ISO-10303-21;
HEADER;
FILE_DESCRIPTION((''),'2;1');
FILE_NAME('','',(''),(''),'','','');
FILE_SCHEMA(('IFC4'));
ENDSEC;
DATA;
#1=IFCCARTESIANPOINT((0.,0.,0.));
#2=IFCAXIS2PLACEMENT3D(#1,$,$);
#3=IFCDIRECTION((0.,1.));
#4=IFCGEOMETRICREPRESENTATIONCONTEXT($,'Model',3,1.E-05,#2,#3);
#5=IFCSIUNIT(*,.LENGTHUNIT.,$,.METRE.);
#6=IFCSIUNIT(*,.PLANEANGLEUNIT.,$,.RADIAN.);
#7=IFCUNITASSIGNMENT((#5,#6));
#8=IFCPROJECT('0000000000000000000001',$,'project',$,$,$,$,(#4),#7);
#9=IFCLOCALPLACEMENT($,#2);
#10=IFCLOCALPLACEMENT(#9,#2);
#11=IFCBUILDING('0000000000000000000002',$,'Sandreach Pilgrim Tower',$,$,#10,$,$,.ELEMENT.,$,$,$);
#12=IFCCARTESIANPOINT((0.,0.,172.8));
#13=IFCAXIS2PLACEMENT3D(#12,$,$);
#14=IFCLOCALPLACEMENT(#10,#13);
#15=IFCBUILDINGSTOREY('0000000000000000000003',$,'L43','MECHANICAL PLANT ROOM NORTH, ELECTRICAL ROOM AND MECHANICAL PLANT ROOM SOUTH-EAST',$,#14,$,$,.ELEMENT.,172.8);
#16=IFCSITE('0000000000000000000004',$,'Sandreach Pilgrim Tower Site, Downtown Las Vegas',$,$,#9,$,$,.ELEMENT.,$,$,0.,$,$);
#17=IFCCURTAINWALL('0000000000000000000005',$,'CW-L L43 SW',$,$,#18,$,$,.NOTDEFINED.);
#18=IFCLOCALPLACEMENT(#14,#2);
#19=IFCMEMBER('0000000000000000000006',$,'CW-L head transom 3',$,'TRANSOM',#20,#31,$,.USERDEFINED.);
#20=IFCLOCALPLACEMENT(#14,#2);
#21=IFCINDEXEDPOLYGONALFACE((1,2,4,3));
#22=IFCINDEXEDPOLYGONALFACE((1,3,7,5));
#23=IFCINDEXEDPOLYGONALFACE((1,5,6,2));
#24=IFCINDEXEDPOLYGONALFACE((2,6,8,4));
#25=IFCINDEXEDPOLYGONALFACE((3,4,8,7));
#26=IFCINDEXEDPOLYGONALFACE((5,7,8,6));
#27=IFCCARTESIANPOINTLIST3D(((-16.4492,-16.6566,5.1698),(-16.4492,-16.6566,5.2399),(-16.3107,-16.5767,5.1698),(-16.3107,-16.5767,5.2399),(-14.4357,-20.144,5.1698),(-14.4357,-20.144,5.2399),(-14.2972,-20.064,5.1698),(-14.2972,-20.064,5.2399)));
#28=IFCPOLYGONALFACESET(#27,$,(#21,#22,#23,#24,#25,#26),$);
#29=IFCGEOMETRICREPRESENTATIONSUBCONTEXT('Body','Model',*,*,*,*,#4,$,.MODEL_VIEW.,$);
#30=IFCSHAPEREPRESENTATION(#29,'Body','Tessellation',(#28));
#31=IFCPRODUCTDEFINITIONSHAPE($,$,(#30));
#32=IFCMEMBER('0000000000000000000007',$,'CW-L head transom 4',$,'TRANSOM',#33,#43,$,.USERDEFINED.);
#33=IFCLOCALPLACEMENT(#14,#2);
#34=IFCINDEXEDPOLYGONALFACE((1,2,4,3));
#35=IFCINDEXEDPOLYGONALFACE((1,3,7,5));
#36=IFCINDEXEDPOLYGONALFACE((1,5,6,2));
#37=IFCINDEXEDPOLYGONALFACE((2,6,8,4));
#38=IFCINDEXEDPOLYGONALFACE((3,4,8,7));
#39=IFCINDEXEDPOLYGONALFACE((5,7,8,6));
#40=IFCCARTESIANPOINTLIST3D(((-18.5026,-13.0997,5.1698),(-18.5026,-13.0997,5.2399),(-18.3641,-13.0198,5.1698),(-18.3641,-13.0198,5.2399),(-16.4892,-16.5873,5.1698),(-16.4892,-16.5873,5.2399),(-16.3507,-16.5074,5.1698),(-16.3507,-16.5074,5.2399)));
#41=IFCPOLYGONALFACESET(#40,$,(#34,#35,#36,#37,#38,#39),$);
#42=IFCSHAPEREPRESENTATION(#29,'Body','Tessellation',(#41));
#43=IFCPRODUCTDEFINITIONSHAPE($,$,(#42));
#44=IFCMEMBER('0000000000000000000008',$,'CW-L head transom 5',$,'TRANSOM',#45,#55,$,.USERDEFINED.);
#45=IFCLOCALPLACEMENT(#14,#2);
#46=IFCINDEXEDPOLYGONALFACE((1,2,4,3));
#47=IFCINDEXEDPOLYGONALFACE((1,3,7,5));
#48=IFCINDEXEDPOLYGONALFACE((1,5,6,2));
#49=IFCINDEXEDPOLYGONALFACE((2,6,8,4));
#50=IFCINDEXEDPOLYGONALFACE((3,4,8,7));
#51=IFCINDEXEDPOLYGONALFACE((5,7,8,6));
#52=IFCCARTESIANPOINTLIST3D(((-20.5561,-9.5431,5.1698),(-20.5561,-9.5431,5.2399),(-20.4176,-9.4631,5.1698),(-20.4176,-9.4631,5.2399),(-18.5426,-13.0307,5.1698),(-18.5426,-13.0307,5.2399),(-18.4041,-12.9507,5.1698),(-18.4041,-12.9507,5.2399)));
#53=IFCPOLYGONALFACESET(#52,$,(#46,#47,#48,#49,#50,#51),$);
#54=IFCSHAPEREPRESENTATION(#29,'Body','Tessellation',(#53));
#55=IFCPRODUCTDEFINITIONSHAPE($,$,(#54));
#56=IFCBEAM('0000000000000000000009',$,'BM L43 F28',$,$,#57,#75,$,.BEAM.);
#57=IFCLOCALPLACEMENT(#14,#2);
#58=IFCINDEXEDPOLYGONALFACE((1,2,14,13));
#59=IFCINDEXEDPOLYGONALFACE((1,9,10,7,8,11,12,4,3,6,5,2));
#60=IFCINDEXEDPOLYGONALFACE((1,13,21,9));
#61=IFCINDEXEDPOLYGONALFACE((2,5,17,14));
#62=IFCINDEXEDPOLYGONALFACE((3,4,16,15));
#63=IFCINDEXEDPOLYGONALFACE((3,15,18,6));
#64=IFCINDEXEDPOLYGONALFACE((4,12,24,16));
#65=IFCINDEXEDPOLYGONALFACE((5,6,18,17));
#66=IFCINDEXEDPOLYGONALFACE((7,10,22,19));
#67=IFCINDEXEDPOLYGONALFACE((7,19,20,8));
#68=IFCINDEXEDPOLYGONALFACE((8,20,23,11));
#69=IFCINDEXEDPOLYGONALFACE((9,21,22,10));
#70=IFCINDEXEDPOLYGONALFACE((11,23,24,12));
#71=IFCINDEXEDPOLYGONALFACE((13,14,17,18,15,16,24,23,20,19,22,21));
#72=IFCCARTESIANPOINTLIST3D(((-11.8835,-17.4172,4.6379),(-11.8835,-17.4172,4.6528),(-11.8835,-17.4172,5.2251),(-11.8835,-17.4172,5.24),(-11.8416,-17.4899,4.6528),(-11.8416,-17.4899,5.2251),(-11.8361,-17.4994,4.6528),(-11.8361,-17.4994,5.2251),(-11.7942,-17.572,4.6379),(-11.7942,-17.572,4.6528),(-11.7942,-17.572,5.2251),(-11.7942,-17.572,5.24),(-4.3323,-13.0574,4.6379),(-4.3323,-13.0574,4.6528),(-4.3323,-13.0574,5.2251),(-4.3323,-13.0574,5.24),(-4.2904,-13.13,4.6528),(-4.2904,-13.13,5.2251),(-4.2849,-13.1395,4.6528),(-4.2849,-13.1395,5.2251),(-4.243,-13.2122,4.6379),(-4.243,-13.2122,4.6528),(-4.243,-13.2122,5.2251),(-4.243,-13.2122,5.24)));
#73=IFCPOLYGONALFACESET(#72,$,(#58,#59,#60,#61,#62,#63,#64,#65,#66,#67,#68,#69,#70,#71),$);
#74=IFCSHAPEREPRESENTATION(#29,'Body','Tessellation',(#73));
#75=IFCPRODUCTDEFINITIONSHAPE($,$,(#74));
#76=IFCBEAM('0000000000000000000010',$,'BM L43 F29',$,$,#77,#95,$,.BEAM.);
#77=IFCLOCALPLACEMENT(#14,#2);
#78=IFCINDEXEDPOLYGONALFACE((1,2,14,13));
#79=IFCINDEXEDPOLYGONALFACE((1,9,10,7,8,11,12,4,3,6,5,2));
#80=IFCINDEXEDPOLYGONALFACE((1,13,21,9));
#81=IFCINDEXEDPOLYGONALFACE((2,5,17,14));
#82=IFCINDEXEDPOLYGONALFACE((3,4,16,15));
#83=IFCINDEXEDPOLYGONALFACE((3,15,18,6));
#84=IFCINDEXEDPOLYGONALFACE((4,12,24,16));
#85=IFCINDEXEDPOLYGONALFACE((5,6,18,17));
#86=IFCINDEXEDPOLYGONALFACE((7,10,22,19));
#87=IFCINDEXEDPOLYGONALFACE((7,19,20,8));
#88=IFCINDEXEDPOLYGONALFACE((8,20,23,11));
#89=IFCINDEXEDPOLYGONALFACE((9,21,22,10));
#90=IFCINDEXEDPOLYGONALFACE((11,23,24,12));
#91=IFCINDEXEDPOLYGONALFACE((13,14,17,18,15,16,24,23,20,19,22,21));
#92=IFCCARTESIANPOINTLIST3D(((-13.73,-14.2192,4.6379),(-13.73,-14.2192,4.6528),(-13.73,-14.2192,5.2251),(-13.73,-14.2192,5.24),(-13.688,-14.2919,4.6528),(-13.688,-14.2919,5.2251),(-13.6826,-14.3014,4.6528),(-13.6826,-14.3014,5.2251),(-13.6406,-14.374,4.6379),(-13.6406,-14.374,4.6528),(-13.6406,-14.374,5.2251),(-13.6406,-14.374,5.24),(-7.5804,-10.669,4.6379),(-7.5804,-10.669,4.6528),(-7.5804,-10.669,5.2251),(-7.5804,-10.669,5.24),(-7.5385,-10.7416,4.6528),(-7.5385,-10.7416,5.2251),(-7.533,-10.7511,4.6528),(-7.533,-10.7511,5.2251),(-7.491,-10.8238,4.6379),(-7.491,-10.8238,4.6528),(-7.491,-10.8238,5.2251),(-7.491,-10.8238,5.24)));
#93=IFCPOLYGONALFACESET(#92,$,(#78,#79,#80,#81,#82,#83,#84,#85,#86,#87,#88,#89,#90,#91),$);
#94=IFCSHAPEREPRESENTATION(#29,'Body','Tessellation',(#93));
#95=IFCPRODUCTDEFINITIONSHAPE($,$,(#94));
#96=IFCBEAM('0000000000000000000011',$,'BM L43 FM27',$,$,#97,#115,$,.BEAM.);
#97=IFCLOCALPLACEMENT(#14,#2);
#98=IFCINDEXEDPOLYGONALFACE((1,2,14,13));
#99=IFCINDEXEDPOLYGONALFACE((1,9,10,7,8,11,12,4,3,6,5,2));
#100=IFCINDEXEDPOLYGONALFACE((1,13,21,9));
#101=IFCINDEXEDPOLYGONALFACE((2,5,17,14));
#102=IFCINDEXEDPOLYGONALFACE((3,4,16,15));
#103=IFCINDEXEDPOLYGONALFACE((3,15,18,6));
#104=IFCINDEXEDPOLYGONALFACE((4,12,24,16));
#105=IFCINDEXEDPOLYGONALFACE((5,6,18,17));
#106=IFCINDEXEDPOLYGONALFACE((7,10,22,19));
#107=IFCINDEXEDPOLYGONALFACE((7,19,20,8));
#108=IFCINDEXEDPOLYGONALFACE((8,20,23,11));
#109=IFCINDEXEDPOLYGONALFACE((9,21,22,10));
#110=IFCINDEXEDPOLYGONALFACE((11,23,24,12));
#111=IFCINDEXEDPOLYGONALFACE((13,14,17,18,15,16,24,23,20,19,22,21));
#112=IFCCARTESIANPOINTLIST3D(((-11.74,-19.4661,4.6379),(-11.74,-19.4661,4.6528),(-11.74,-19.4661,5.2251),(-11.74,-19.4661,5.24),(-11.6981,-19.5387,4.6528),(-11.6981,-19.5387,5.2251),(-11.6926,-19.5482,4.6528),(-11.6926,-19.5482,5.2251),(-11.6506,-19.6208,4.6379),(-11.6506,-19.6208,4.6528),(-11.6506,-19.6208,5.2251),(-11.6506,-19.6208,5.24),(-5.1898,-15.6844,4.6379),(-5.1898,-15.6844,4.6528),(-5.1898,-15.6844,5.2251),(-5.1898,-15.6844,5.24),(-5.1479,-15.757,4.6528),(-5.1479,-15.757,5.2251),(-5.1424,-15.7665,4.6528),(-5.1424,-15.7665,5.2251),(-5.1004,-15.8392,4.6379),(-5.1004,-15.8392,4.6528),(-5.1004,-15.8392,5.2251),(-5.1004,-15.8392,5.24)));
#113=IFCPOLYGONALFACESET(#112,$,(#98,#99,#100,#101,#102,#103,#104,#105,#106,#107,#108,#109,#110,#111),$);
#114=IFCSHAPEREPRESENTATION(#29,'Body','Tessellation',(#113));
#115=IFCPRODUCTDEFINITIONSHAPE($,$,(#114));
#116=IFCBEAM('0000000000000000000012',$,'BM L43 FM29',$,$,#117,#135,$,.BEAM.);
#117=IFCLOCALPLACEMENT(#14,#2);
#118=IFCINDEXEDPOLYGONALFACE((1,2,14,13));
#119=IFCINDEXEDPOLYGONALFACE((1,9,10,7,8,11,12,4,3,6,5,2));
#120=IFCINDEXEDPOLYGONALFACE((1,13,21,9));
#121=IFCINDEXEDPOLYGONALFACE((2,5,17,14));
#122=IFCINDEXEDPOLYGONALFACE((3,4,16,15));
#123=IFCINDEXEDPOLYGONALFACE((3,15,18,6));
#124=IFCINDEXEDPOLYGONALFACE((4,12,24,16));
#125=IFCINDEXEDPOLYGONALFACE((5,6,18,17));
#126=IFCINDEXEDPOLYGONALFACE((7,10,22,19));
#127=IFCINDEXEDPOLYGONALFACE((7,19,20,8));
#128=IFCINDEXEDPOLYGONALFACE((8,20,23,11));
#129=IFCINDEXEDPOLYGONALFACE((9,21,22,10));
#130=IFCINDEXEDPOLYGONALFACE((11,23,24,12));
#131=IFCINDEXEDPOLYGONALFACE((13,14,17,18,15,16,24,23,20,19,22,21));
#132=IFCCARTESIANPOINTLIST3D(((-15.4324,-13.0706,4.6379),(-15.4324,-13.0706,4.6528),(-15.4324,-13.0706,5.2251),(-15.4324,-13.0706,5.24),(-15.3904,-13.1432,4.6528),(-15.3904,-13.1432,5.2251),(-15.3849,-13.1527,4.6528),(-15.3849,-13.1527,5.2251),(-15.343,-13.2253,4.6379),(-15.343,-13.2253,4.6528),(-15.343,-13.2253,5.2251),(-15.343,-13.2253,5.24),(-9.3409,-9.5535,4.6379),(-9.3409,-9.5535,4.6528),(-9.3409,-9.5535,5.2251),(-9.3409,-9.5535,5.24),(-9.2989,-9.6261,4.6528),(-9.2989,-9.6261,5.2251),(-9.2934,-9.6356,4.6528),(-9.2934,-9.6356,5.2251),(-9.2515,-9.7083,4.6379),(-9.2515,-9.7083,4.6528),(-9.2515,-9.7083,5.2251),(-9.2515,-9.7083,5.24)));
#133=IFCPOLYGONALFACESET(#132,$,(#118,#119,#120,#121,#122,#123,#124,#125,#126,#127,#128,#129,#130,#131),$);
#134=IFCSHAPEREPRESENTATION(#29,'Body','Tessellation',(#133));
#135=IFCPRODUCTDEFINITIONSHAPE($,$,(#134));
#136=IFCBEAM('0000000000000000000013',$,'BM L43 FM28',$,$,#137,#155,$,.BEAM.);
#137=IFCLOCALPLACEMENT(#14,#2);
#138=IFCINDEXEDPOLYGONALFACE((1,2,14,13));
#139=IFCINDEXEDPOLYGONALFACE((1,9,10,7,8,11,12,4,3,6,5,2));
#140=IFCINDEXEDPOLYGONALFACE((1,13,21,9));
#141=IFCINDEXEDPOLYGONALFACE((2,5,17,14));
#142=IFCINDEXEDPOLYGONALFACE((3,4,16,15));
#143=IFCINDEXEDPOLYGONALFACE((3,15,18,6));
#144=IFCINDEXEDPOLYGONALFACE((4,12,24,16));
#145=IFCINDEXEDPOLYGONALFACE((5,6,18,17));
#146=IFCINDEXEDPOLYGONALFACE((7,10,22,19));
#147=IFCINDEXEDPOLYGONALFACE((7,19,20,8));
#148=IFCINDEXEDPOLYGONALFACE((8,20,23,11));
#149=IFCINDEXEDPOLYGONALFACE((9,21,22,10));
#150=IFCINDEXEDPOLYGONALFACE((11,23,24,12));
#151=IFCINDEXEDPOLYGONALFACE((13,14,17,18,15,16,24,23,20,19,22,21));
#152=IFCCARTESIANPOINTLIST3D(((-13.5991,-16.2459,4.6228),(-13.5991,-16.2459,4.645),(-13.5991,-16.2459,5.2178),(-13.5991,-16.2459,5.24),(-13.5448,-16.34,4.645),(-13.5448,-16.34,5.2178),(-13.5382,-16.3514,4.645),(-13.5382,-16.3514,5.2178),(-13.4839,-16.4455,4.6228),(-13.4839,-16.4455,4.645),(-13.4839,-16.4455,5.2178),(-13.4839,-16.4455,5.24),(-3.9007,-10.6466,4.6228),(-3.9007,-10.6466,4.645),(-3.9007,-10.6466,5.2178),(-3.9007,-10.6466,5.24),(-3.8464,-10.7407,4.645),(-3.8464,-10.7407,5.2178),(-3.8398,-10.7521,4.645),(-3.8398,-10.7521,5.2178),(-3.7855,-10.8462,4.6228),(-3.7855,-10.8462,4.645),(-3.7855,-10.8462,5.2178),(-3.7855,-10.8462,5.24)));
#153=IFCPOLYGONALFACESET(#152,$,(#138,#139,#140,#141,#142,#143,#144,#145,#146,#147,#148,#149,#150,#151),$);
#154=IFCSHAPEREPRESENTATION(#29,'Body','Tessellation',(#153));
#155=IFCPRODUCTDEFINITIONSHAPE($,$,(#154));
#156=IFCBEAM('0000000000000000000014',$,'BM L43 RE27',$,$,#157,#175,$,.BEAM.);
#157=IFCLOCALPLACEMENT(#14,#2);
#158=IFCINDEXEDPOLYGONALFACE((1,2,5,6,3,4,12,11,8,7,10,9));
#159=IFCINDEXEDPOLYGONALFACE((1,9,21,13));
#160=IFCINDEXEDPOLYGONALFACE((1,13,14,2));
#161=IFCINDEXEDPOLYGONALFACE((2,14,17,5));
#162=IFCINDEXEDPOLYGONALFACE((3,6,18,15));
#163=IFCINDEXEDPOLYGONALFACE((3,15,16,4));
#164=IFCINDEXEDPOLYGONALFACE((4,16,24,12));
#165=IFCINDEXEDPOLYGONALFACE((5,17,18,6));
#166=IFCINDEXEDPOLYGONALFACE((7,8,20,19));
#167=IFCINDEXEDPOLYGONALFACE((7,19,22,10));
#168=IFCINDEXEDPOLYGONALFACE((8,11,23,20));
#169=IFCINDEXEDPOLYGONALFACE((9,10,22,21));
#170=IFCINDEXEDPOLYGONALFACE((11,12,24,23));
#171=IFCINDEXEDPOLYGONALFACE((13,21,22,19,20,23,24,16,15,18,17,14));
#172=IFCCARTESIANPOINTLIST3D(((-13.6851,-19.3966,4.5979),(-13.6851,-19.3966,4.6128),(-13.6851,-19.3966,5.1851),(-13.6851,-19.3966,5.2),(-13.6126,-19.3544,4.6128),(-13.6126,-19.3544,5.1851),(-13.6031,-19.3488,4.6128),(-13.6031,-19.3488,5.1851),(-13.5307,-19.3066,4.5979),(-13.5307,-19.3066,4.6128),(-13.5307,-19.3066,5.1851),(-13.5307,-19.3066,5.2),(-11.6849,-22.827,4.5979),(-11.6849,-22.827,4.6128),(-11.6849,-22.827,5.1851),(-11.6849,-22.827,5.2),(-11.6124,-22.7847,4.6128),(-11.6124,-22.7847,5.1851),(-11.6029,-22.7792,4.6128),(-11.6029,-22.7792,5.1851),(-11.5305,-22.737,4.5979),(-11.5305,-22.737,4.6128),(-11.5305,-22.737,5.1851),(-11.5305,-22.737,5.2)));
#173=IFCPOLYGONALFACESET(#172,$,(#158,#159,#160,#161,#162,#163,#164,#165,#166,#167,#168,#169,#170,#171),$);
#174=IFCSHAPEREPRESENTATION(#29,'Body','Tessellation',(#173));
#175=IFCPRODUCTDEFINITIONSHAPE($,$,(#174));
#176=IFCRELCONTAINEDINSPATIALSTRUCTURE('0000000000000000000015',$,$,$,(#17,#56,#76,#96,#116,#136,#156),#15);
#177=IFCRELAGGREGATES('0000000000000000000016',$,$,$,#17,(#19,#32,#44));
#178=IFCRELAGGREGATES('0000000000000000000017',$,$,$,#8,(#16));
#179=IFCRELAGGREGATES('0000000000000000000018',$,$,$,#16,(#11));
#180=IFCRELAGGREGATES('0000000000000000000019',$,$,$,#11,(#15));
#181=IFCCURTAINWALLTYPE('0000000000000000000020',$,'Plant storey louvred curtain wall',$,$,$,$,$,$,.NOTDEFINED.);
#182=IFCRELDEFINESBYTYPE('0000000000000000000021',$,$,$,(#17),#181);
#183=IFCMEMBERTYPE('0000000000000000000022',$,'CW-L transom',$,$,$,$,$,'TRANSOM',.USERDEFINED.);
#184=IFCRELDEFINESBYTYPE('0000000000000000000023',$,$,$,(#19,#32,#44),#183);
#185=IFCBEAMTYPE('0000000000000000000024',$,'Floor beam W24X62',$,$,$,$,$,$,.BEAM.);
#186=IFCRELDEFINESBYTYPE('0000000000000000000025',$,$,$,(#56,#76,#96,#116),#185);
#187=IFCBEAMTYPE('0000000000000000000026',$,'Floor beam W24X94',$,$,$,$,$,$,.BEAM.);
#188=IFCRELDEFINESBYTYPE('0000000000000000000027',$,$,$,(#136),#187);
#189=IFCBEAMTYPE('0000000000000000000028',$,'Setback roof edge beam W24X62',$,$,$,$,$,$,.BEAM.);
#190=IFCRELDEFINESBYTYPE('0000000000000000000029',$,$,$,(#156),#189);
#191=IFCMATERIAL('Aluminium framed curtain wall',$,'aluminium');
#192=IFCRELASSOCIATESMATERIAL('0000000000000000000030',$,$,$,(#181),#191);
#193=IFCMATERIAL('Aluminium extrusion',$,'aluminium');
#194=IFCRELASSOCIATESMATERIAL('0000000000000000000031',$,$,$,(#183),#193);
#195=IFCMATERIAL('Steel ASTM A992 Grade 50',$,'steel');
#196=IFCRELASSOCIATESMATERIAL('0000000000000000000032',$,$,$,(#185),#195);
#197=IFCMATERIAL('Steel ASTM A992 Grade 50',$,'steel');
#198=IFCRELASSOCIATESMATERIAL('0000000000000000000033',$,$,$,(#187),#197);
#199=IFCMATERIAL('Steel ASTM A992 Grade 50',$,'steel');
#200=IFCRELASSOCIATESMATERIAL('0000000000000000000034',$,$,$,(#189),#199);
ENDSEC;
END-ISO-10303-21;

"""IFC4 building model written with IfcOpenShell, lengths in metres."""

from ifc_helpers import new_model, si_unit, direction, frame, origin, origin_2d, place, context, subcontext, project, spatial, rectangle, i_section, extrude, material, material_profile, profile_set, type_object, element, aggregate, save


model = new_model("IFC4")

# Units and contexts
model_context = context("Model", 3, precision=1e-05, world=origin(), true_north=direction((0.0, 1.0)))
body_context = subcontext(model_context, "Body", "Model", "MODEL_VIEW")
ifc_project = project(units=[si_unit("LENGTHUNIT", "METRE"), si_unit("PLANEANGLEUNIT", "RADIAN")], contexts=[model_context])

# Site, building, storey
site_placement = place(None, origin())
site = spatial("IfcSite", under=ifc_project, at=site_placement, Name="Sandreach Pilgrim Tower Site, Downtown Las Vegas", CompositionType="ELEMENT", RefElevation=0.0)
building_placement = place(site_placement, origin())
building = spatial("IfcBuilding", under=site, at=building_placement, Name="Sandreach Pilgrim Tower", CompositionType="ELEMENT")
storey_placement = place(building_placement, frame((0.0, 0.0, 172.8)))
storey = spatial("IfcBuildingStorey", under=building, at=storey_placement, Name="L43", Description="MECHANICAL PLANT ROOM NORTH, ELECTRICAL ROOM AND MECHANICAL PLANT ROOM SOUTH-EAST", CompositionType="ELEMENT", Elevation=172.8)

# Curtain wall, members
ifc_material_1 = material(Name="Aluminium framed curtain wall", Category="aluminium")
curtain_wall_type = type_object("IfcCurtainWallType", Name="Plant storey louvred curtain wall", PredefinedType="NOTDEFINED", material=ifc_material_1)
curtain_wall_placement = place(storey_placement, origin())
curtain_wall = element("IfcCurtainWall", 1, at=curtain_wall_placement, inside=storey, type_object=curtain_wall_type, Name="CW-L L43 SW", PredefinedType="NOTDEFINED")
ifc_material_2 = material(Name="Aluminium extrusion", Category="aluminium")
ifc_material_profile_1 = material_profile(ifc_material_2, rectangle(XDim=0.1599, YDim=0.0701, at=origin_2d()), Name="CW-LT 160X70")
ifc_profile_set_1 = profile_set([ifc_material_profile_1], Name="Aluminium extrusion")
member_type_1 = type_object("IfcMemberType", Name="CW-L transom", ElementType="TRANSOM", PredefinedType="USERDEFINED", material=ifc_profile_set_1)
member_1_placement = place(storey_placement, frame((-14.3665, -20.104, 5.2048), z_axis=(-0.500006, 0.866022, 0.0), x_axis=(-0.866022, -0.500006, 0.0)))
member_1 = element("IfcMember", 2, at=member_1_placement, type_object=member_type_1, Name="CW-L head transom 3", ObjectType="TRANSOM", PredefinedType="USERDEFINED", context=body_context, shape_type="SweptSolid", body=[
    extrude(rectangle(XDim=0.1599, YDim=0.0701, at=origin_2d()), origin(), (0.0, 0.0, 1.0), 4.0269),
])
member_2_placement = place(storey_placement, frame((-16.4199, -16.5474, 5.2048), z_axis=(-0.49998, 0.866037, 0.0), x_axis=(-0.866037, -0.49998, 0.0)))
member_2 = element("IfcMember", 3, at=member_2_placement, type_object=member_type_1, Name="CW-L head transom 4", ObjectType="TRANSOM", PredefinedType="USERDEFINED", context=body_context, shape_type="SweptSolid", body=[
    extrude(rectangle(XDim=0.1599, YDim=0.0701, at=origin_2d()), origin(), (0.0, 0.0, 1.0), 4.0271),
])
member_3_placement = place(storey_placement, frame((-18.4734, -12.9907, 5.2048), z_axis=(-0.49998, 0.866037, 0.0), x_axis=(-0.866037, -0.49998, 0.0)))
member_3 = element("IfcMember", 4, at=member_3_placement, type_object=member_type_1, Name="CW-L head transom 5", ObjectType="TRANSOM", PredefinedType="USERDEFINED", context=body_context, shape_type="SweptSolid", body=[
    extrude(rectangle(XDim=0.1599, YDim=0.0701, at=origin_2d()), origin(), (0.0, 0.0, 1.0), 4.0271),
])

# Beams
ifc_material_3 = material(Name="Steel ASTM A992 Grade 50", Category="steel")
ifc_material_profile_2 = material_profile(ifc_material_3, i_section(OverallWidth=0.1787, OverallDepth=0.6021, WebThickness=0.011, FlangeThickness=0.0149, at=origin_2d()), Name="W24X62")
ifc_profile_set_2 = profile_set([ifc_material_profile_2], Name="Steel ASTM A992 Grade 50")
beam_type_1 = type_object("IfcBeamType", Name="Floor beam W24X62", PredefinedType="BEAM", material=ifc_profile_set_2)
beam_1_placement = place(storey_placement, frame((-11.8389, -17.4946, 4.939), z_axis=(0.866019, 0.500012, 0.0), x_axis=(-0.500012, 0.866019, 0.0)))
element("IfcBeam", 5, at=beam_1_placement, inside=storey, type_object=beam_type_1, Name="BM L43 F28", PredefinedType="BEAM", context=body_context, shape_type="SweptSolid", body=[
    extrude(i_section(OverallWidth=0.1787, OverallDepth=0.6021, WebThickness=0.011, FlangeThickness=0.0149, at=origin_2d()), origin(), (0.0, 0.0, 1.0), 8.7195),
])
beam_2_placement = place(storey_placement, frame((-13.6853, -14.2966, 4.939), z_axis=(0.866038, 0.499977, 0.0), x_axis=(-0.499977, 0.866038, 0.0)))
element("IfcBeam", 6, at=beam_2_placement, inside=storey, type_object=beam_type_1, Name="BM L43 F29", PredefinedType="BEAM", context=body_context, shape_type="SweptSolid", body=[
    extrude(i_section(OverallWidth=0.1787, OverallDepth=0.6021, WebThickness=0.011, FlangeThickness=0.0149, at=origin_2d()), origin(), (0.0, 0.0, 1.0), 7.1008),
])
beam_3_placement = place(storey_placement, frame((-11.6953, -19.5435, 4.939), z_axis=(0.86603, 0.499993, 0.0), x_axis=(-0.499993, 0.86603, 0.0)))
element("IfcBeam", 7, at=beam_3_placement, inside=storey, type_object=beam_type_1, Name="BM L43 FM27", PredefinedType="BEAM", context=body_context, shape_type="SweptSolid", body=[
    extrude(i_section(OverallWidth=0.1787, OverallDepth=0.6021, WebThickness=0.011, FlangeThickness=0.0149, at=origin_2d()), origin(), (0.0, 0.0, 1.0), 7.5635),
])
beam_4_placement = place(storey_placement, frame((-15.3877, -13.1479, 4.939), z_axis=(0.866017, 0.500014, 0.0), x_axis=(-0.500014, 0.866017, 0.0)))
element("IfcBeam", 8, at=beam_4_placement, inside=storey, type_object=beam_type_1, Name="BM L43 FM29", PredefinedType="BEAM", context=body_context, shape_type="SweptSolid", body=[
    extrude(i_section(OverallWidth=0.1787, OverallDepth=0.6021, WebThickness=0.011, FlangeThickness=0.0149, at=origin_2d()), origin(), (0.0, 0.0, 1.0), 7.0339),
])
ifc_material_4 = material(Name="Steel ASTM A992 Grade 50", Category="steel")
ifc_material_profile_3 = material_profile(ifc_material_4, i_section(OverallWidth=0.2305, OverallDepth=0.6172, WebThickness=0.0132, FlangeThickness=0.0222, at=origin_2d()), Name="W24X94")
ifc_profile_set_3 = profile_set([ifc_material_profile_3], Name="Steel ASTM A992 Grade 50")
beam_type_2 = type_object("IfcBeamType", Name="Floor beam W24X94", PredefinedType="BEAM", material=ifc_profile_set_3)
beam_5_placement = place(storey_placement, frame((-13.5415, -16.3457, 4.9314), z_axis=(0.866028, 0.499996, 0.0), x_axis=(-0.499996, 0.866028, 0.0)))
element("IfcBeam", 9, at=beam_5_placement, inside=storey, type_object=beam_type_2, Name="BM L43 FM28", PredefinedType="BEAM", context=body_context, shape_type="SweptSolid", body=[
    extrude(i_section(OverallWidth=0.2305, OverallDepth=0.6172, WebThickness=0.0132, FlangeThickness=0.0222, at=origin_2d()), origin(), (0.0, 0.0, 1.0), 11.1987),
])
ifc_material_5 = material(Name="Steel ASTM A992 Grade 50", Category="steel")
ifc_material_profile_4 = material_profile(ifc_material_5, i_section(OverallWidth=0.1787, OverallDepth=0.6021, WebThickness=0.011, FlangeThickness=0.0149, at=origin_2d()), Name="W24X62")
ifc_profile_set_4 = profile_set([ifc_material_profile_4], Name="Steel ASTM A992 Grade 50")
beam_type_3 = type_object("IfcBeamType", Name="Setback roof edge beam W24X62", PredefinedType="BEAM", material=ifc_profile_set_4)
beam_6_placement = place(storey_placement, frame((-11.6077, -22.782, 4.8989), z_axis=(-0.503714, 0.86387, 0.0), x_axis=(-0.86387, -0.503714, 0.0)))
element("IfcBeam", 10, at=beam_6_placement, inside=storey, type_object=beam_type_3, Name="BM L43 RE27", PredefinedType="BEAM", context=body_context, shape_type="SweptSolid", body=[
    extrude(i_section(OverallWidth=0.1787, OverallDepth=0.6021, WebThickness=0.011, FlangeThickness=0.0149, at=origin_2d()), origin(), (0.0, 0.0, 1.0), 3.9709),
])

aggregate(curtain_wall, [member_1, member_2, member_3])

save(model, "model.ifc")
